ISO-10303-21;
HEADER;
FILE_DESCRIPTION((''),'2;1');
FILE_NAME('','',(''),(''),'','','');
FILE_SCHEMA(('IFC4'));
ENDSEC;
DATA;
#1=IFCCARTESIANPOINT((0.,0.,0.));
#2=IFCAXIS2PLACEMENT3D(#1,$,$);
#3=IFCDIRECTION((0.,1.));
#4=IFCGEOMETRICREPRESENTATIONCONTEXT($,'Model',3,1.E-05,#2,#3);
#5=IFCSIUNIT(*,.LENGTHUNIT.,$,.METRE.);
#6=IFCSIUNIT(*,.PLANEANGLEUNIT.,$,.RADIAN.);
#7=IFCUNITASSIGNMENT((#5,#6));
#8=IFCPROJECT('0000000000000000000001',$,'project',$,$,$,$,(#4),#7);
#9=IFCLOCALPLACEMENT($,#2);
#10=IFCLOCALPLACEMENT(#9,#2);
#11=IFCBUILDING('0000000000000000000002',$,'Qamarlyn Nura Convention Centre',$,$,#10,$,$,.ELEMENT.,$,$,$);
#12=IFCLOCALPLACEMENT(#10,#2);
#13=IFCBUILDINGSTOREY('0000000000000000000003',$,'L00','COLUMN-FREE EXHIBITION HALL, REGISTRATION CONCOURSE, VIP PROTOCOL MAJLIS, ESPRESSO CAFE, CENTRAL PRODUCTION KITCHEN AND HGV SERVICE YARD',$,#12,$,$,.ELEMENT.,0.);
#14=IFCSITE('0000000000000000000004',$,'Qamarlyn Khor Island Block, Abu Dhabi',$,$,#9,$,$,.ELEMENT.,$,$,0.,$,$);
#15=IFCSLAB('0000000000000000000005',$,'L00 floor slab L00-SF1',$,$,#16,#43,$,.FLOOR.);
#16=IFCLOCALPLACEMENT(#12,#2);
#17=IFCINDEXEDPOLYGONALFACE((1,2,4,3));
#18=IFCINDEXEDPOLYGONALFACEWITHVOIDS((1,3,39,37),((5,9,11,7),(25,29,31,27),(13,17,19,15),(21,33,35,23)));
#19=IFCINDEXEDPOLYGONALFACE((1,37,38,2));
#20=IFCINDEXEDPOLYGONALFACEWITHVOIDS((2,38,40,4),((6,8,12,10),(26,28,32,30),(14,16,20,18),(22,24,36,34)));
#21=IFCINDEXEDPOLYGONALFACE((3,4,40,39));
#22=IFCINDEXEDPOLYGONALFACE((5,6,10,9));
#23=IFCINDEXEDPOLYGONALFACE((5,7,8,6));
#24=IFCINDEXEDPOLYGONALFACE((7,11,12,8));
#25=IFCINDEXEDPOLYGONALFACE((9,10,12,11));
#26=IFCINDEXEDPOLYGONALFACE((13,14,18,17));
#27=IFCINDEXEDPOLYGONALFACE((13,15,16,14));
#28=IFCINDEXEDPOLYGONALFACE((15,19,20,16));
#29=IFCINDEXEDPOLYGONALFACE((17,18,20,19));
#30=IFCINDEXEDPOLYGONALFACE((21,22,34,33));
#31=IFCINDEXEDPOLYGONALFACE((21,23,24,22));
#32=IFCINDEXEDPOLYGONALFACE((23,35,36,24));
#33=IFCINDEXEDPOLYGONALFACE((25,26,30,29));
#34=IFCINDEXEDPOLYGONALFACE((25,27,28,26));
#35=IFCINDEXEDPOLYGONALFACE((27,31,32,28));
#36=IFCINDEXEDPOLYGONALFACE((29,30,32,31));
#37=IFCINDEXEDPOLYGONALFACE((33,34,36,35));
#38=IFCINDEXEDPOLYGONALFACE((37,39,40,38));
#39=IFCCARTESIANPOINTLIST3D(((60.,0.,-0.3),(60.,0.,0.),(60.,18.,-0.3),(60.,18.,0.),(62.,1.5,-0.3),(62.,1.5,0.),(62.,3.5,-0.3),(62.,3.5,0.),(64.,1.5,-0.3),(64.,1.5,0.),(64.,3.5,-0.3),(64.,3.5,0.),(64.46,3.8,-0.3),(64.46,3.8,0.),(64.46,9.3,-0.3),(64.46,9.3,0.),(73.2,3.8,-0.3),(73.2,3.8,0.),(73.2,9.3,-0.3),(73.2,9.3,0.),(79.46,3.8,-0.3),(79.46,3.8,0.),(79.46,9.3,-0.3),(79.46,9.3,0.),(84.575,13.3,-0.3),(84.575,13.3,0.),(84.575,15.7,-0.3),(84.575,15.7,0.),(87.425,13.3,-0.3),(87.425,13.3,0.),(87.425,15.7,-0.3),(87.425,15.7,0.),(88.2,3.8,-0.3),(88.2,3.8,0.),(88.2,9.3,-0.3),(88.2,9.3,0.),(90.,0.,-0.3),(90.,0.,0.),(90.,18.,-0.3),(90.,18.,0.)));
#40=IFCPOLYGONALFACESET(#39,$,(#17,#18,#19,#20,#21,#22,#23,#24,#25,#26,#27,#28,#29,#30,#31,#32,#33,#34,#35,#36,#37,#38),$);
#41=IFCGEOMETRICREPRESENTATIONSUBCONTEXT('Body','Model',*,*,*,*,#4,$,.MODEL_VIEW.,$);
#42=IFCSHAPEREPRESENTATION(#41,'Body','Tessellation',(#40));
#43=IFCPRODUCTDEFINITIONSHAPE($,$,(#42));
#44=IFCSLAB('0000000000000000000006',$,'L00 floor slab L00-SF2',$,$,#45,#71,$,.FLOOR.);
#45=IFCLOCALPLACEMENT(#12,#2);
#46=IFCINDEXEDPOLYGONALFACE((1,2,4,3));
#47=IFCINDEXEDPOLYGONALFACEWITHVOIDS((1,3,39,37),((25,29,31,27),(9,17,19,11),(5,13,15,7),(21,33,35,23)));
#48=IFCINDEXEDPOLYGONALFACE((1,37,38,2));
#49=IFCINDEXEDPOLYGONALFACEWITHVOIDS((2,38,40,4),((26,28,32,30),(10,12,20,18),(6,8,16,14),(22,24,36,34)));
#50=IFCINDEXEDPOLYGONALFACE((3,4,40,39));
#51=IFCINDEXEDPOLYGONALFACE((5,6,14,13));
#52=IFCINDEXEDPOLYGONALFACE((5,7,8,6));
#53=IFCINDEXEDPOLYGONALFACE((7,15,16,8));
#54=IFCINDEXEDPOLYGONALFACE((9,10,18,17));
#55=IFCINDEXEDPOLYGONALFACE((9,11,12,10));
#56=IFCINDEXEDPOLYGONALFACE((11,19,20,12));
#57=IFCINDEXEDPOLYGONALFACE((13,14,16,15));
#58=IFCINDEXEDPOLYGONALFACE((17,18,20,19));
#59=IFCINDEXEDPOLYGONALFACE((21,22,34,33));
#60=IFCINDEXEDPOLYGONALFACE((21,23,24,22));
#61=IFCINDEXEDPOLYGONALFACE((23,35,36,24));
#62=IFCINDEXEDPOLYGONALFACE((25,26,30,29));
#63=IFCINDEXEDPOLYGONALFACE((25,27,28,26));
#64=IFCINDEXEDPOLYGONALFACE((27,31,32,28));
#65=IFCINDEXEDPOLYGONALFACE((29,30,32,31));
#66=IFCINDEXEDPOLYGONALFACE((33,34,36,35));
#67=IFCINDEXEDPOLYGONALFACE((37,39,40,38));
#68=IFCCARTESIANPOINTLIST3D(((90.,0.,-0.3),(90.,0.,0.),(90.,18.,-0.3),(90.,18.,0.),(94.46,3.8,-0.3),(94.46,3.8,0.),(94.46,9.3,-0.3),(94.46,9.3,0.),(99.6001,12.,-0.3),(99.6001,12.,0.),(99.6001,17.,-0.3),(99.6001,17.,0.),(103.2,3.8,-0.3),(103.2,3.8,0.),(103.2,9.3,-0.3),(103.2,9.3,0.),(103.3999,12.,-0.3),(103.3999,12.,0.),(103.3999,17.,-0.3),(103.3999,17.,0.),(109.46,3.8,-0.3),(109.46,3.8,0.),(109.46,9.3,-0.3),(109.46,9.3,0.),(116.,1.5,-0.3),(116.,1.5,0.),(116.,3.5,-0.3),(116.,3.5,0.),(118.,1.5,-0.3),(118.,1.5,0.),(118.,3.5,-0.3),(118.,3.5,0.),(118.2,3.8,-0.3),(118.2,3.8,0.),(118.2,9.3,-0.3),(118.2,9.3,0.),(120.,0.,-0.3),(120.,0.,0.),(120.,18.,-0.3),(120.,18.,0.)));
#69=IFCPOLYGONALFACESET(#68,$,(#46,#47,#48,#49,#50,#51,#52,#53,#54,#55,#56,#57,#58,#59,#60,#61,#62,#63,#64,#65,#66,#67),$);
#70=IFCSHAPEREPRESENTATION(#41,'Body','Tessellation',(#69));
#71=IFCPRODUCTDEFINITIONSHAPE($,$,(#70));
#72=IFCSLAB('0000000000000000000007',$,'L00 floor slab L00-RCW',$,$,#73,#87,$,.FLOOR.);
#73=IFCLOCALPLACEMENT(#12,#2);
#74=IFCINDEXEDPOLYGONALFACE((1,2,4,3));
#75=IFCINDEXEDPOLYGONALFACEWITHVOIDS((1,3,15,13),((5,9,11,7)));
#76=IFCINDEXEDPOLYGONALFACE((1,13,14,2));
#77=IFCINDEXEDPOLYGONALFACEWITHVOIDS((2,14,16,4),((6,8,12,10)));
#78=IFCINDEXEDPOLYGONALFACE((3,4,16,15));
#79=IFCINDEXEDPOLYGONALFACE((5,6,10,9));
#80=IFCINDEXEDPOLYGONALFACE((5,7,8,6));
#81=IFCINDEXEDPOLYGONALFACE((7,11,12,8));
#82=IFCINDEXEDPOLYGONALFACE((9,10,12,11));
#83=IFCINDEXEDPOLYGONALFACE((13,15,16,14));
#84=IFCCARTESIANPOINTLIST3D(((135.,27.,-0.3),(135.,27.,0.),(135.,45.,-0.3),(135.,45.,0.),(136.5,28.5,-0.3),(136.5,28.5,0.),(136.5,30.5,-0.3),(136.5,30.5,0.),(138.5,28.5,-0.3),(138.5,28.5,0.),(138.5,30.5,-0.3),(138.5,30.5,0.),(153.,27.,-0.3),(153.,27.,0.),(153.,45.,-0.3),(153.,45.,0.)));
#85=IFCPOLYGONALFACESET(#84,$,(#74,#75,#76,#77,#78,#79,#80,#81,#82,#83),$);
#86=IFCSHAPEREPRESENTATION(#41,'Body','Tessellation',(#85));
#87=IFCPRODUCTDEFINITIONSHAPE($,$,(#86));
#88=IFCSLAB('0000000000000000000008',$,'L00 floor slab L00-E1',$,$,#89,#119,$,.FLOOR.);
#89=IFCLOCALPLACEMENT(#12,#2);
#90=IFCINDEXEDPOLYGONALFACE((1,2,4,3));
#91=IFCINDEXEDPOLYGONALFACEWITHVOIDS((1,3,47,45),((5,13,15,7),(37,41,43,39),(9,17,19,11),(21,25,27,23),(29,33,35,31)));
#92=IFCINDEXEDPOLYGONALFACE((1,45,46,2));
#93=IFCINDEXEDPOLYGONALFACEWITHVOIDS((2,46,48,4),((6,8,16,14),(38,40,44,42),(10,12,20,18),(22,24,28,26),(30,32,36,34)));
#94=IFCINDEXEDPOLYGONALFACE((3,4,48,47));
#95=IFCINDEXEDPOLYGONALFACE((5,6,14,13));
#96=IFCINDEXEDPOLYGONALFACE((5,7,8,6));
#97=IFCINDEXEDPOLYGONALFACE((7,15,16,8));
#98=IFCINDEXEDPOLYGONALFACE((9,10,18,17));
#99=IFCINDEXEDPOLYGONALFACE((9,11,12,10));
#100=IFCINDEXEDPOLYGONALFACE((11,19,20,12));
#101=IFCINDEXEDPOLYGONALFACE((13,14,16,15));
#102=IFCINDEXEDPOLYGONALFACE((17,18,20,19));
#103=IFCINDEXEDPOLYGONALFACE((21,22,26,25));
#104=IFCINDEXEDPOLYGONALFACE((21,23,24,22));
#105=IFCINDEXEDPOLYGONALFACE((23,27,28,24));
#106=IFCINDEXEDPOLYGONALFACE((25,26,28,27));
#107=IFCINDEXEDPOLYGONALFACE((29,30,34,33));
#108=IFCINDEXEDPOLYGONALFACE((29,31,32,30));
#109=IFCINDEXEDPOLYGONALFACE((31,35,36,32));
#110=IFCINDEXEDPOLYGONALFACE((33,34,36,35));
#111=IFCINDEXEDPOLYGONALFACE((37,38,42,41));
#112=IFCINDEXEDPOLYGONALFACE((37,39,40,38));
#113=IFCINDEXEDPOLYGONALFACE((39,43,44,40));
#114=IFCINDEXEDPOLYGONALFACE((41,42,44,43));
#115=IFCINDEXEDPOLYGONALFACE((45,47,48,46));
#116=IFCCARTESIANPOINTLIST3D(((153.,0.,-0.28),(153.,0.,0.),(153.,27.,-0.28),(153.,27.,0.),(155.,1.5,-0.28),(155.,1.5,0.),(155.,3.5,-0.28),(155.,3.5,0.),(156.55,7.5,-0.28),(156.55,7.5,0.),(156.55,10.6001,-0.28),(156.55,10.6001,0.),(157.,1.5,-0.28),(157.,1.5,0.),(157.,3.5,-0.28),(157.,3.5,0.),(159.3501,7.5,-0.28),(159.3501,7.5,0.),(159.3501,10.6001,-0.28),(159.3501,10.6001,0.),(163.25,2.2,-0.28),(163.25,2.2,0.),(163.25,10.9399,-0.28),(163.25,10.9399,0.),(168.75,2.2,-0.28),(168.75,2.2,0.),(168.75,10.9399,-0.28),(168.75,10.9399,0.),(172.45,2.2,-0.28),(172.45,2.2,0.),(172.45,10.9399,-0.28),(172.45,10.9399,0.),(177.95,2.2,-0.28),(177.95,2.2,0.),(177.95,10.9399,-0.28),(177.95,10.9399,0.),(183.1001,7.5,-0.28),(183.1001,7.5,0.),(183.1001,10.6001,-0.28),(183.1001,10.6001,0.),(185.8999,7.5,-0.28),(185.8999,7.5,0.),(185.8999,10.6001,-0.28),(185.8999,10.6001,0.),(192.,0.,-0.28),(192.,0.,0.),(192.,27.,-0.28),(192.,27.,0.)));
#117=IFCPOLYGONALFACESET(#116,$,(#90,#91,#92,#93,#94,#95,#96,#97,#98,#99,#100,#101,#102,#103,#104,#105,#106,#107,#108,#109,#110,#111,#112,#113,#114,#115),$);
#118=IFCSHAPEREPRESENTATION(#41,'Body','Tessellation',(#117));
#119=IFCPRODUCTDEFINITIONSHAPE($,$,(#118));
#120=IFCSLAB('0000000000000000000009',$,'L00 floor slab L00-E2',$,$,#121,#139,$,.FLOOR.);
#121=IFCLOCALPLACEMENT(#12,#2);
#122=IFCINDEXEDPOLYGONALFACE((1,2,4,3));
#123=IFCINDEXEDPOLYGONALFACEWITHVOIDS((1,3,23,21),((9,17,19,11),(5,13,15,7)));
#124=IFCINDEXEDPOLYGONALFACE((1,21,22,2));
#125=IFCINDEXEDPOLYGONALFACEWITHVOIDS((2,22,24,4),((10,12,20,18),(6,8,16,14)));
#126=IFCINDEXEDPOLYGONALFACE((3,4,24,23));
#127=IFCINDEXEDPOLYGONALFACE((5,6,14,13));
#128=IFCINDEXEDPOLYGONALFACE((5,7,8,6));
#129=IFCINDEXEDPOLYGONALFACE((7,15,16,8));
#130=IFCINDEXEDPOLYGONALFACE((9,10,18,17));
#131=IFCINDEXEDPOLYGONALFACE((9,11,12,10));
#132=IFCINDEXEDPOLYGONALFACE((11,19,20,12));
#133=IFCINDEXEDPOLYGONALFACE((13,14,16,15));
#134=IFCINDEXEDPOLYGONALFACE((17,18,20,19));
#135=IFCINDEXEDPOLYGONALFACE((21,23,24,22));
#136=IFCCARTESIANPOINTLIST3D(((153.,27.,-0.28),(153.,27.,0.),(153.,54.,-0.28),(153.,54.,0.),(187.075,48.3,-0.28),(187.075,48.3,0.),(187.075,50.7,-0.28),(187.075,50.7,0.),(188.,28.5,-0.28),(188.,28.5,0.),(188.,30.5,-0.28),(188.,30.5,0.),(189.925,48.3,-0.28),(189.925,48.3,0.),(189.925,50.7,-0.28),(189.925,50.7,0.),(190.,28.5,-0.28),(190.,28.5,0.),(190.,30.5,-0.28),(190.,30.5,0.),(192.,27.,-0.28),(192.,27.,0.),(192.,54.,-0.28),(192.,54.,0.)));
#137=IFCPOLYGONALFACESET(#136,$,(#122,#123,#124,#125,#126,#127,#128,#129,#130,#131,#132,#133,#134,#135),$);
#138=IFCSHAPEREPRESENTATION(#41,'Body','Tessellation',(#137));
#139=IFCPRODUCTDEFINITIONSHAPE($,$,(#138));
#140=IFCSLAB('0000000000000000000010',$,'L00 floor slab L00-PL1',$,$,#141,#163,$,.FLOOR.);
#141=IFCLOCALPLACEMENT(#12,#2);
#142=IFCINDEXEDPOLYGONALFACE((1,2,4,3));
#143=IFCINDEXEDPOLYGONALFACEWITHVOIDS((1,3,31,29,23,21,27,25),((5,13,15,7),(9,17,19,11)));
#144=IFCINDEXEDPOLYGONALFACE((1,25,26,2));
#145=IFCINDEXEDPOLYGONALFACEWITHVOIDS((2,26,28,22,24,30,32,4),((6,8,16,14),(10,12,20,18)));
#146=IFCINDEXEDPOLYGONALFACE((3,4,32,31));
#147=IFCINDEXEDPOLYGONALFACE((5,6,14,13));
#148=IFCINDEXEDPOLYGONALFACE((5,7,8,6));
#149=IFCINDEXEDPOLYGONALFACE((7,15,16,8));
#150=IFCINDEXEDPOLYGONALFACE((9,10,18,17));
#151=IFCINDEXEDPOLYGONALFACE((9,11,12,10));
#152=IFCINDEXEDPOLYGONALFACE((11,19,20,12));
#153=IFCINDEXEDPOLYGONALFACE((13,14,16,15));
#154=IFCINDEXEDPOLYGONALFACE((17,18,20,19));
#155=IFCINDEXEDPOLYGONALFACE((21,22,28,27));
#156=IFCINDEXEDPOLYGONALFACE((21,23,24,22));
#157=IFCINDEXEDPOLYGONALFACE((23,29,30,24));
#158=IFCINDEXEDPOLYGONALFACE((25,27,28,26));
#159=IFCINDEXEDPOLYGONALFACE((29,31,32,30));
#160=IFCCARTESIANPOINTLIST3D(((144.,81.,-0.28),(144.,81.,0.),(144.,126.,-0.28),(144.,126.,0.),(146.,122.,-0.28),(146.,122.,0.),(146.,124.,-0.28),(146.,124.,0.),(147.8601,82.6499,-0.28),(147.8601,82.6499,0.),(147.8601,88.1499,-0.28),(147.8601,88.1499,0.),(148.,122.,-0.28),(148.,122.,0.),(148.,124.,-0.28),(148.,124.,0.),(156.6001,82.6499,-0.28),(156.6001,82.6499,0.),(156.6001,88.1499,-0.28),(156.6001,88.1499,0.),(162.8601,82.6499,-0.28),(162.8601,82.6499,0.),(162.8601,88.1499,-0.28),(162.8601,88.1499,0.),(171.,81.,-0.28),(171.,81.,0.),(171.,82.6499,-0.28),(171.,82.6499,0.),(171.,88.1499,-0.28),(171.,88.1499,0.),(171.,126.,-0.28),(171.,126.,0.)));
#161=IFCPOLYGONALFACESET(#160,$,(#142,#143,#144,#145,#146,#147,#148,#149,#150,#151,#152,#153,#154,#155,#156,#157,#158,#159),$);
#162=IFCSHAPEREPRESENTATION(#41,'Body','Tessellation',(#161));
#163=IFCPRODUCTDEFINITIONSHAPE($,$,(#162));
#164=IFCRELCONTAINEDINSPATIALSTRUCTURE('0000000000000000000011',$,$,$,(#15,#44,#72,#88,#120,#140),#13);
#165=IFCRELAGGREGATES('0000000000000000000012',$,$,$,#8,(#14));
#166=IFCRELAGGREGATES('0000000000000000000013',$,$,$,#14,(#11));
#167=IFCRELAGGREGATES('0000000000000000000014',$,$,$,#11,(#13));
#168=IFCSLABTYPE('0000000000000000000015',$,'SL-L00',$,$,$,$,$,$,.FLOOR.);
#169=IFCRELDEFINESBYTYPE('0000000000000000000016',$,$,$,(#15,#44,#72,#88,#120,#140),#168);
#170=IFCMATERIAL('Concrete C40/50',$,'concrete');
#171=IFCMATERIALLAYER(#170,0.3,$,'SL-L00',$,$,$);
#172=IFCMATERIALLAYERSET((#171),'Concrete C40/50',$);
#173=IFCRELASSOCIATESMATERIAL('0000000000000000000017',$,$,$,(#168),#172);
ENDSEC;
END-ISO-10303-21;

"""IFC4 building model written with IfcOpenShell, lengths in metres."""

from ifc_helpers import new_model, si_unit, direction, frame, origin, place, context, subcontext, project, spatial, polyline, outline, extrude, material, layer, layer_set, type_object, element, save


model = new_model("IFC4")

# Units and contexts
model_context = context("Model", 3, precision=1e-05, world=origin(), true_north=direction((0.0, 1.0)))
body_context = subcontext(model_context, "Body", "Model", "MODEL_VIEW")
ifc_project = project(units=[si_unit("LENGTHUNIT", "METRE"), si_unit("PLANEANGLEUNIT", "RADIAN")], contexts=[model_context])

# Site, building, storey
site_placement = place(None, origin())
site = spatial("IfcSite", under=ifc_project, at=site_placement, Name="Qamarlyn Khor Island Block, Abu Dhabi", CompositionType="ELEMENT", RefElevation=0.0)
building_placement = place(site_placement, origin())
building = spatial("IfcBuilding", under=site, at=building_placement, Name="Qamarlyn Nura Convention Centre", CompositionType="ELEMENT")
storey_placement = place(building_placement, origin())
storey = spatial("IfcBuildingStorey", under=building, at=storey_placement, Name="L00", Description="COLUMN-FREE EXHIBITION HALL, REGISTRATION CONCOURSE, VIP PROTOCOL MAJLIS, ESPRESSO CAFE, CENTRAL PRODUCTION KITCHEN AND HGV SERVICE YARD", CompositionType="ELEMENT", Elevation=0.0)

# Slabs
ifc_material = material(Name="Concrete C40/50", Category="concrete")
ifc_layer_1 = layer(ifc_material, 0.3, Name="SL-L00")
ifc_layer_set_1 = layer_set([ifc_layer_1], Name="Concrete C40/50")
slab_type_1 = type_object("IfcSlabType", Name="SL-L00", PredefinedType="FLOOR", material=ifc_layer_set_1)
slab_1_placement = place(storey_placement, frame((0.0, 0.0, -0.3)))
element("IfcSlab", 1, at=slab_1_placement, inside=storey, type_object=slab_type_1, Name="L00 floor slab L00-SF1", PredefinedType="FLOOR", context=body_context, shape_type="SweptSolid", body=[
    extrude(outline(polyline([(60.0, 18.0), (90.0, 18.0), (90.0, 0.0), (60.0, 0.0), (60.0, 18.0)]), holes=[polyline([(62.0, 3.5), (62.0, 1.5), (64.0, 1.5), (64.0, 3.5), (62.0, 3.5)]), polyline([(64.46, 3.8), (73.2, 3.8), (73.2, 9.3), (64.46, 9.3), (64.46, 3.8)]), polyline([(79.46, 3.8), (88.2, 3.8), (88.2, 9.3), (79.46, 9.3), (79.46, 3.8)]), polyline([(87.425, 13.3), (87.425, 15.7), (84.575, 15.7), (84.575, 13.3), (87.425, 13.3)])]), origin(), (0.0, 0.0, 1.0), 0.3),
])
slab_2_placement = place(storey_placement, frame((0.0, 0.0, -0.3)))
element("IfcSlab", 2, at=slab_2_placement, inside=storey, type_object=slab_type_1, Name="L00 floor slab L00-SF2", PredefinedType="FLOOR", context=body_context, shape_type="SweptSolid", body=[
    extrude(outline(polyline([(90.0, 18.0), (120.0, 18.0), (120.0, 0.0), (90.0, 0.0), (90.0, 18.0)]), holes=[polyline([(116.0, 3.5), (116.0, 1.5), (118.0, 1.5), (118.0, 3.5), (116.0, 3.5)]), polyline([(109.46, 3.8), (118.2, 3.8), (118.2, 9.3), (109.46, 9.3), (109.46, 3.8)]), polyline([(94.46, 3.8), (103.2, 3.8), (103.2, 9.3), (94.46, 9.3), (94.46, 3.8)]), polyline([(103.3999, 12.0), (103.3999, 17.0), (99.6001, 17.0), (99.6001, 12.0), (103.3999, 12.0)])]), origin(), (0.0, 0.0, 1.0), 0.3),
])
slab_3_placement = place(storey_placement, frame((0.0, 0.0, -0.3)))
element("IfcSlab", 3, at=slab_3_placement, inside=storey, type_object=slab_type_1, Name="L00 floor slab L00-RCW", PredefinedType="FLOOR", context=body_context, shape_type="SweptSolid", body=[
    extrude(outline(polyline([(135.0, 45.0), (153.0, 45.0), (153.0, 27.0), (135.0, 27.0), (135.0, 45.0)]), holes=[polyline([(136.5, 30.5), (136.5, 28.5), (138.5, 28.5), (138.5, 30.5), (136.5, 30.5)])]), origin(), (0.0, 0.0, 1.0), 0.3),
])
slab_4_placement = place(storey_placement, frame((0.0, 0.0, -0.28)))
element("IfcSlab", 4, at=slab_4_placement, inside=storey, type_object=slab_type_1, Name="L00 floor slab L00-E1", PredefinedType="FLOOR", context=body_context, shape_type="SweptSolid", body=[
    extrude(outline(polyline([(153.0, 27.0), (192.0, 27.0), (192.0, 0.0), (153.0, 0.0), (153.0, 27.0)]), holes=[polyline([(155.0, 3.5), (155.0, 1.5), (157.0, 1.5), (157.0, 3.5), (155.0, 3.5)]), polyline([(159.3501, 7.5), (159.3501, 10.6001), (156.55, 10.6001), (156.55, 7.5), (159.3501, 7.5)]), polyline([(163.25, 10.9399), (163.25, 2.2), (168.75, 2.2), (168.75, 10.9399), (163.25, 10.9399)]), polyline([(172.45, 10.9399), (172.45, 2.2), (177.95, 2.2), (177.95, 10.9399), (172.45, 10.9399)]), polyline([(185.8999, 7.5), (185.8999, 10.6001), (183.1001, 10.6001), (183.1001, 7.5), (185.8999, 7.5)])]), origin(), (0.0, 0.0, 1.0), 0.28),
])
slab_5_placement = place(storey_placement, frame((0.0, 0.0, -0.28)))
element("IfcSlab", 5, at=slab_5_placement, inside=storey, type_object=slab_type_1, Name="L00 floor slab L00-E2", PredefinedType="FLOOR", context=body_context, shape_type="SweptSolid", body=[
    extrude(outline(polyline([(153.0, 54.0), (192.0, 54.0), (192.0, 27.0), (153.0, 27.0), (153.0, 54.0)]), holes=[polyline([(188.0, 30.5), (188.0, 28.5), (190.0, 28.5), (190.0, 30.5), (188.0, 30.5)]), polyline([(189.925, 48.3), (189.925, 50.7), (187.075, 50.7), (187.075, 48.3), (189.925, 48.3)])]), origin(), (0.0, 0.0, 1.0), 0.28),
])
slab_6_placement = place(storey_placement, frame((0.0, 0.0, -0.28)))
element("IfcSlab", 6, at=slab_6_placement, inside=storey, type_object=slab_type_1, Name="L00 floor slab L00-PL1", PredefinedType="FLOOR", context=body_context, shape_type="SweptSolid", body=[
    extrude(outline(polyline([(144.0, 126.0), (171.0, 126.0), (171.0, 88.1499), (162.8601, 88.1499), (162.8601, 82.6499), (171.0, 82.6499), (171.0, 81.0), (144.0, 81.0), (144.0, 126.0)]), holes=[polyline([(146.0, 124.0), (146.0, 122.0), (148.0, 122.0), (148.0, 124.0), (146.0, 124.0)]), polyline([(147.8601, 82.6499), (156.6001, 82.6499), (156.6001, 88.1499), (147.8601, 88.1499), (147.8601, 82.6499)])]), origin(), (0.0, 0.0, 1.0), 0.28),
])

save(model, "model.ifc")
